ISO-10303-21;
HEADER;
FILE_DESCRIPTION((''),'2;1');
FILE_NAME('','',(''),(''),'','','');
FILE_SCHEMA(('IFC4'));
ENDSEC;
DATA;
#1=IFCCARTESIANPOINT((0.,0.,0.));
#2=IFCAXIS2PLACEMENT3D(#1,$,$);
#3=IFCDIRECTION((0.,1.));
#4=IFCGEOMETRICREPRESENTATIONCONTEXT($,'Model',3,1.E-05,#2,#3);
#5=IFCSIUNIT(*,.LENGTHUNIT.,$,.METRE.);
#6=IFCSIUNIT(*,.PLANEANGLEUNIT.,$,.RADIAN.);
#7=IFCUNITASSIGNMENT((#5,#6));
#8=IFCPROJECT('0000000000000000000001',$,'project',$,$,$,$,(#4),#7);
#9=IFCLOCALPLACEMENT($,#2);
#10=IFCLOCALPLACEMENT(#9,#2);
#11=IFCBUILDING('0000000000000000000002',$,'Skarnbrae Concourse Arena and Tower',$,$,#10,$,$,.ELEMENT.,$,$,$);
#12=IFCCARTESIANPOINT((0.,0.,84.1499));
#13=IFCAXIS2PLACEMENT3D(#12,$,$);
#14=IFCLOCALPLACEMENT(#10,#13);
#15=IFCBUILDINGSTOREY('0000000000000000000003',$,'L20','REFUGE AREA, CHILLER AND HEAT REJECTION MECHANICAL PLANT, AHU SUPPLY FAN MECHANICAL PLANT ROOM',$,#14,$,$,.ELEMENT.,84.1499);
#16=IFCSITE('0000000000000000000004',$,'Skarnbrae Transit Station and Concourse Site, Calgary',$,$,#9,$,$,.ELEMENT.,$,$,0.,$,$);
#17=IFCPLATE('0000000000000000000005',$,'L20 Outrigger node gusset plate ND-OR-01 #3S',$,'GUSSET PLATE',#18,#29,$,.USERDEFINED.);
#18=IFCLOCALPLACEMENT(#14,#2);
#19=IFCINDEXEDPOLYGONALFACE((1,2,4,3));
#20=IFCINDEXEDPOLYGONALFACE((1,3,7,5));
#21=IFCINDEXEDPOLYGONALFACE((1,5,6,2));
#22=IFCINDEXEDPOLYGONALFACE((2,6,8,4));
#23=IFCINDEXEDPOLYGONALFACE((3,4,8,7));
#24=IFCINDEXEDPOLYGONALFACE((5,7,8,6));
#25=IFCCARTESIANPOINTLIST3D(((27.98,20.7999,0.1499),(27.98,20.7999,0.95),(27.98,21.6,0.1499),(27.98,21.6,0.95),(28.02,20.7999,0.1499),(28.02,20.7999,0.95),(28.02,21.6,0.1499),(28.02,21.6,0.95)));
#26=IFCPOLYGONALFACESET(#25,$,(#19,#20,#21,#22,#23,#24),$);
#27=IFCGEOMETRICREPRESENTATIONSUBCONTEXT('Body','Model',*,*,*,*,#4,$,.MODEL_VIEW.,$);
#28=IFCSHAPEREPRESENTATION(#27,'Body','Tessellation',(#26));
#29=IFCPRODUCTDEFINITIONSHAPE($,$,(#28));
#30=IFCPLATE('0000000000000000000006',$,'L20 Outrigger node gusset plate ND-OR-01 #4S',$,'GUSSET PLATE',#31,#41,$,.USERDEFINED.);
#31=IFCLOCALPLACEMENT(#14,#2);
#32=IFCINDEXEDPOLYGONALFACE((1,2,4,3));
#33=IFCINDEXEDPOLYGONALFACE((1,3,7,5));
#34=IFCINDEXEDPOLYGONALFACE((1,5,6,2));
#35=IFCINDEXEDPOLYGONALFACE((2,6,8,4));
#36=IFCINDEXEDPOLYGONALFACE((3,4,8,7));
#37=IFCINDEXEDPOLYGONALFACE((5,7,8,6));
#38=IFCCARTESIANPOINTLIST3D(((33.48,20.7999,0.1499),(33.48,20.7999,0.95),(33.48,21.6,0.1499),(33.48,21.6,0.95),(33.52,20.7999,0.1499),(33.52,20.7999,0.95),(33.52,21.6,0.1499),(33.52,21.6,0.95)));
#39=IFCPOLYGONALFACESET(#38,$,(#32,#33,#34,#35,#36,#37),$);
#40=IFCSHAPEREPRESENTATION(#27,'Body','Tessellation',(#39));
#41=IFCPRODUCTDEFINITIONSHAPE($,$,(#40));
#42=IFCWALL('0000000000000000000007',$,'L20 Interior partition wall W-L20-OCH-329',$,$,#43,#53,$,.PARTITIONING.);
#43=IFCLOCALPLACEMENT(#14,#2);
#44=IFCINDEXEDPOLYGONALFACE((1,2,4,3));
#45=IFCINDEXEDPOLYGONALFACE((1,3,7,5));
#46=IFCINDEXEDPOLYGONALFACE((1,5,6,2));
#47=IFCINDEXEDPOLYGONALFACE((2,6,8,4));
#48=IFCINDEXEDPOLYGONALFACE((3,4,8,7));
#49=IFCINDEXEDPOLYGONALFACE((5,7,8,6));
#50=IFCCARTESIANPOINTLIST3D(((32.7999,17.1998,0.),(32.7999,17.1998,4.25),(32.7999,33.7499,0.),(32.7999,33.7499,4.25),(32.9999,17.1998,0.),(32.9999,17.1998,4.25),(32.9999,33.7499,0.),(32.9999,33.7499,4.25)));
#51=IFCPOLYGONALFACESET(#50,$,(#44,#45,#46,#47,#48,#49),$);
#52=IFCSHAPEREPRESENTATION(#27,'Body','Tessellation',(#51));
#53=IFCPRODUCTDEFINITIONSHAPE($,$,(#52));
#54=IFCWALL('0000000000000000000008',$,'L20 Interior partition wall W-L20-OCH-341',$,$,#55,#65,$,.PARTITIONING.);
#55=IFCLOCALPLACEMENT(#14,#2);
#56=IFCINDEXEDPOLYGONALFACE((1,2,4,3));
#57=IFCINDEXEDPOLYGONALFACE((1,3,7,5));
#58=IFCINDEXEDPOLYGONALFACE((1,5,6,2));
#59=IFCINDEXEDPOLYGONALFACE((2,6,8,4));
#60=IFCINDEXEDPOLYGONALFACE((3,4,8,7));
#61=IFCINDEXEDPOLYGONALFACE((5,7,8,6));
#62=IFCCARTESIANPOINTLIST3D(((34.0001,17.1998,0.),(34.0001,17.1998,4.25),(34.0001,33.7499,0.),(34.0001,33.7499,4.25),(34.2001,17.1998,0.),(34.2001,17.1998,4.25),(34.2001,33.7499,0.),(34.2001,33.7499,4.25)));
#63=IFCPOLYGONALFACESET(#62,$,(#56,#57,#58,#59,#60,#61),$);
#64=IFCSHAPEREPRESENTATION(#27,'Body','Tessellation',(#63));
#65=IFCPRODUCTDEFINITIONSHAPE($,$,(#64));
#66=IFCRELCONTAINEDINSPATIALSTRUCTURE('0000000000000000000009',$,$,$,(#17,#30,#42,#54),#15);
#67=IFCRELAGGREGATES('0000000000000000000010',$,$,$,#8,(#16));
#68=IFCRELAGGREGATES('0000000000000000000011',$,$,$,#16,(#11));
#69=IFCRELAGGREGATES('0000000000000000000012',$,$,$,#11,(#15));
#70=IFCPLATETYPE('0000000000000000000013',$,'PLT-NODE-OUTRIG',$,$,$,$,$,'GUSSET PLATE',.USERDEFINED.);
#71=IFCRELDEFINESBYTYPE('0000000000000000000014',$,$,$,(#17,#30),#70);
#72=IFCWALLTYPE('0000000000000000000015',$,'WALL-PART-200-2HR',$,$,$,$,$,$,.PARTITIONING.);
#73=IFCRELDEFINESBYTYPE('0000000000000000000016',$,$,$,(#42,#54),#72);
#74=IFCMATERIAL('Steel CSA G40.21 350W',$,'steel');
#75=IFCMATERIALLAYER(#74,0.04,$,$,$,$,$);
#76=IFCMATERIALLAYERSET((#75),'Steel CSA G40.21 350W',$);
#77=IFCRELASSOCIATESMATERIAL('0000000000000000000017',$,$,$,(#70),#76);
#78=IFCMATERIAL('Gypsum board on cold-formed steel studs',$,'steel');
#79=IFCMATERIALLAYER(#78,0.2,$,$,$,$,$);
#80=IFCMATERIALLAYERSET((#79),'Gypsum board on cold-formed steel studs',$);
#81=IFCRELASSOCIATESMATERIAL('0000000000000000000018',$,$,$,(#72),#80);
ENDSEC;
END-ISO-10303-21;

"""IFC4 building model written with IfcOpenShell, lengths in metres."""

from ifc_helpers import new_model, si_unit, direction, frame, frame_2d, origin, origin_2d, place, context, subcontext, project, spatial, rectangle, extrude, source, transform, mapped, material, layer, layer_set, type_object, element, save


model = new_model("IFC4")

# Units and contexts
model_context = context("Model", 3, precision=1e-05, world=origin(), true_north=direction((0.0, 1.0)))
body_context = subcontext(model_context, "Body", "Model", "MODEL_VIEW")
ifc_project = project(units=[si_unit("LENGTHUNIT", "METRE"), si_unit("PLANEANGLEUNIT", "RADIAN")], contexts=[model_context])

# Site, building, storey
site_placement = place(None, origin())
site = spatial("IfcSite", under=ifc_project, at=site_placement, Name="Skarnbrae Transit Station and Concourse Site, Calgary", CompositionType="ELEMENT", RefElevation=0.0)
building_placement = place(site_placement, origin())
building = spatial("IfcBuilding", under=site, at=building_placement, Name="Skarnbrae Concourse Arena and Tower", CompositionType="ELEMENT")
storey_placement = place(building_placement, frame((0.0, 0.0, 84.1499)))
storey = spatial("IfcBuildingStorey", under=building, at=storey_placement, Name="L20", Description="REFUGE AREA, CHILLER AND HEAT REJECTION MECHANICAL PLANT, AHU SUPPLY FAN MECHANICAL PLANT ROOM", CompositionType="ELEMENT", Elevation=84.1499)

# Shared definitions
ifc_material_1 = material(Name="Steel CSA G40.21 350W", Category="steel")

# Plates
ifc_layer_1 = layer(ifc_material_1, 0.04)
ifc_layer_set_1 = layer_set([ifc_layer_1], Name="Steel CSA G40.21 350W")
plate_type_1 = type_object("IfcPlateType", Name="PLT-NODE-OUTRIG", ElementType="GUSSET PLATE", PredefinedType="USERDEFINED", material=ifc_layer_set_1)
shared_shape_1 = source(origin(), body_context, "Body", "SweptSolid", [
    extrude(rectangle(XDim=0.8, YDim=0.04, at=origin_2d()), origin(), (0.0, 0.0, 1.0), 0.8),
])
for number, where, z_axis, x_axis, name in (
    (1, (28.0, 21.2, 0.1499), (0.0, 0.0, 1.0), (0.0, 1.0, 0.0), "L20 Outrigger node gusset plate ND-OR-01 #3S"),
    (2, (33.5, 21.2, 0.1499), (0.0, 0.0, 1.0), (0.0, 1.0, 0.0), "L20 Outrigger node gusset plate ND-OR-01 #4S"),
):
    element("IfcPlate", number, at=place(storey_placement, frame(where, z_axis=z_axis, x_axis=x_axis)), inside=storey, type_object=plate_type_1, Name=name, ObjectType="GUSSET PLATE", PredefinedType="USERDEFINED", context=body_context, shape_type="MappedRepresentation", body=[
        mapped(shared_shape_1, transform((0.0, 0.0, 0.0))),
    ])

# Walls
ifc_material_2 = material(Name="Gypsum board on cold-formed steel studs", Category="steel")
ifc_layer_2 = layer(ifc_material_2, 0.2)
ifc_layer_set_2 = layer_set([ifc_layer_2], Name="Gypsum board on cold-formed steel studs")
wall_type = type_object("IfcWallType", Name="WALL-PART-200-2HR", PredefinedType="PARTITIONING", material=ifc_layer_set_2)
shared_shape_2 = source(origin(), body_context, "Body", "SweptSolid", [
    extrude(rectangle(XDim=16.55, YDim=0.2, at=frame_2d((8.2749, 0.0))), origin(), (0.0, 0.0, 1.0), 4.25),
])
for number, where, z_axis, x_axis, name in (
    (3, (32.8999, 17.2, 0.0), (0.0, 0.0, 1.0), (0.0, 1.0, 0.0), "L20 Interior partition wall W-L20-OCH-329"),
    (4, (34.1001, 17.2, 0.0), (0.0, 0.0, 1.0), (0.0, 1.0, 0.0), "L20 Interior partition wall W-L20-OCH-341"),
):
    element("IfcWall", number, at=place(storey_placement, frame(where, z_axis=z_axis, x_axis=x_axis)), inside=storey, type_object=wall_type, Name=name, PredefinedType="PARTITIONING", context=body_context, shape_type="MappedRepresentation", body=[
        mapped(shared_shape_2, transform((0.0, 0.0, 0.0))),
    ])

save(model, "model.ifc")
